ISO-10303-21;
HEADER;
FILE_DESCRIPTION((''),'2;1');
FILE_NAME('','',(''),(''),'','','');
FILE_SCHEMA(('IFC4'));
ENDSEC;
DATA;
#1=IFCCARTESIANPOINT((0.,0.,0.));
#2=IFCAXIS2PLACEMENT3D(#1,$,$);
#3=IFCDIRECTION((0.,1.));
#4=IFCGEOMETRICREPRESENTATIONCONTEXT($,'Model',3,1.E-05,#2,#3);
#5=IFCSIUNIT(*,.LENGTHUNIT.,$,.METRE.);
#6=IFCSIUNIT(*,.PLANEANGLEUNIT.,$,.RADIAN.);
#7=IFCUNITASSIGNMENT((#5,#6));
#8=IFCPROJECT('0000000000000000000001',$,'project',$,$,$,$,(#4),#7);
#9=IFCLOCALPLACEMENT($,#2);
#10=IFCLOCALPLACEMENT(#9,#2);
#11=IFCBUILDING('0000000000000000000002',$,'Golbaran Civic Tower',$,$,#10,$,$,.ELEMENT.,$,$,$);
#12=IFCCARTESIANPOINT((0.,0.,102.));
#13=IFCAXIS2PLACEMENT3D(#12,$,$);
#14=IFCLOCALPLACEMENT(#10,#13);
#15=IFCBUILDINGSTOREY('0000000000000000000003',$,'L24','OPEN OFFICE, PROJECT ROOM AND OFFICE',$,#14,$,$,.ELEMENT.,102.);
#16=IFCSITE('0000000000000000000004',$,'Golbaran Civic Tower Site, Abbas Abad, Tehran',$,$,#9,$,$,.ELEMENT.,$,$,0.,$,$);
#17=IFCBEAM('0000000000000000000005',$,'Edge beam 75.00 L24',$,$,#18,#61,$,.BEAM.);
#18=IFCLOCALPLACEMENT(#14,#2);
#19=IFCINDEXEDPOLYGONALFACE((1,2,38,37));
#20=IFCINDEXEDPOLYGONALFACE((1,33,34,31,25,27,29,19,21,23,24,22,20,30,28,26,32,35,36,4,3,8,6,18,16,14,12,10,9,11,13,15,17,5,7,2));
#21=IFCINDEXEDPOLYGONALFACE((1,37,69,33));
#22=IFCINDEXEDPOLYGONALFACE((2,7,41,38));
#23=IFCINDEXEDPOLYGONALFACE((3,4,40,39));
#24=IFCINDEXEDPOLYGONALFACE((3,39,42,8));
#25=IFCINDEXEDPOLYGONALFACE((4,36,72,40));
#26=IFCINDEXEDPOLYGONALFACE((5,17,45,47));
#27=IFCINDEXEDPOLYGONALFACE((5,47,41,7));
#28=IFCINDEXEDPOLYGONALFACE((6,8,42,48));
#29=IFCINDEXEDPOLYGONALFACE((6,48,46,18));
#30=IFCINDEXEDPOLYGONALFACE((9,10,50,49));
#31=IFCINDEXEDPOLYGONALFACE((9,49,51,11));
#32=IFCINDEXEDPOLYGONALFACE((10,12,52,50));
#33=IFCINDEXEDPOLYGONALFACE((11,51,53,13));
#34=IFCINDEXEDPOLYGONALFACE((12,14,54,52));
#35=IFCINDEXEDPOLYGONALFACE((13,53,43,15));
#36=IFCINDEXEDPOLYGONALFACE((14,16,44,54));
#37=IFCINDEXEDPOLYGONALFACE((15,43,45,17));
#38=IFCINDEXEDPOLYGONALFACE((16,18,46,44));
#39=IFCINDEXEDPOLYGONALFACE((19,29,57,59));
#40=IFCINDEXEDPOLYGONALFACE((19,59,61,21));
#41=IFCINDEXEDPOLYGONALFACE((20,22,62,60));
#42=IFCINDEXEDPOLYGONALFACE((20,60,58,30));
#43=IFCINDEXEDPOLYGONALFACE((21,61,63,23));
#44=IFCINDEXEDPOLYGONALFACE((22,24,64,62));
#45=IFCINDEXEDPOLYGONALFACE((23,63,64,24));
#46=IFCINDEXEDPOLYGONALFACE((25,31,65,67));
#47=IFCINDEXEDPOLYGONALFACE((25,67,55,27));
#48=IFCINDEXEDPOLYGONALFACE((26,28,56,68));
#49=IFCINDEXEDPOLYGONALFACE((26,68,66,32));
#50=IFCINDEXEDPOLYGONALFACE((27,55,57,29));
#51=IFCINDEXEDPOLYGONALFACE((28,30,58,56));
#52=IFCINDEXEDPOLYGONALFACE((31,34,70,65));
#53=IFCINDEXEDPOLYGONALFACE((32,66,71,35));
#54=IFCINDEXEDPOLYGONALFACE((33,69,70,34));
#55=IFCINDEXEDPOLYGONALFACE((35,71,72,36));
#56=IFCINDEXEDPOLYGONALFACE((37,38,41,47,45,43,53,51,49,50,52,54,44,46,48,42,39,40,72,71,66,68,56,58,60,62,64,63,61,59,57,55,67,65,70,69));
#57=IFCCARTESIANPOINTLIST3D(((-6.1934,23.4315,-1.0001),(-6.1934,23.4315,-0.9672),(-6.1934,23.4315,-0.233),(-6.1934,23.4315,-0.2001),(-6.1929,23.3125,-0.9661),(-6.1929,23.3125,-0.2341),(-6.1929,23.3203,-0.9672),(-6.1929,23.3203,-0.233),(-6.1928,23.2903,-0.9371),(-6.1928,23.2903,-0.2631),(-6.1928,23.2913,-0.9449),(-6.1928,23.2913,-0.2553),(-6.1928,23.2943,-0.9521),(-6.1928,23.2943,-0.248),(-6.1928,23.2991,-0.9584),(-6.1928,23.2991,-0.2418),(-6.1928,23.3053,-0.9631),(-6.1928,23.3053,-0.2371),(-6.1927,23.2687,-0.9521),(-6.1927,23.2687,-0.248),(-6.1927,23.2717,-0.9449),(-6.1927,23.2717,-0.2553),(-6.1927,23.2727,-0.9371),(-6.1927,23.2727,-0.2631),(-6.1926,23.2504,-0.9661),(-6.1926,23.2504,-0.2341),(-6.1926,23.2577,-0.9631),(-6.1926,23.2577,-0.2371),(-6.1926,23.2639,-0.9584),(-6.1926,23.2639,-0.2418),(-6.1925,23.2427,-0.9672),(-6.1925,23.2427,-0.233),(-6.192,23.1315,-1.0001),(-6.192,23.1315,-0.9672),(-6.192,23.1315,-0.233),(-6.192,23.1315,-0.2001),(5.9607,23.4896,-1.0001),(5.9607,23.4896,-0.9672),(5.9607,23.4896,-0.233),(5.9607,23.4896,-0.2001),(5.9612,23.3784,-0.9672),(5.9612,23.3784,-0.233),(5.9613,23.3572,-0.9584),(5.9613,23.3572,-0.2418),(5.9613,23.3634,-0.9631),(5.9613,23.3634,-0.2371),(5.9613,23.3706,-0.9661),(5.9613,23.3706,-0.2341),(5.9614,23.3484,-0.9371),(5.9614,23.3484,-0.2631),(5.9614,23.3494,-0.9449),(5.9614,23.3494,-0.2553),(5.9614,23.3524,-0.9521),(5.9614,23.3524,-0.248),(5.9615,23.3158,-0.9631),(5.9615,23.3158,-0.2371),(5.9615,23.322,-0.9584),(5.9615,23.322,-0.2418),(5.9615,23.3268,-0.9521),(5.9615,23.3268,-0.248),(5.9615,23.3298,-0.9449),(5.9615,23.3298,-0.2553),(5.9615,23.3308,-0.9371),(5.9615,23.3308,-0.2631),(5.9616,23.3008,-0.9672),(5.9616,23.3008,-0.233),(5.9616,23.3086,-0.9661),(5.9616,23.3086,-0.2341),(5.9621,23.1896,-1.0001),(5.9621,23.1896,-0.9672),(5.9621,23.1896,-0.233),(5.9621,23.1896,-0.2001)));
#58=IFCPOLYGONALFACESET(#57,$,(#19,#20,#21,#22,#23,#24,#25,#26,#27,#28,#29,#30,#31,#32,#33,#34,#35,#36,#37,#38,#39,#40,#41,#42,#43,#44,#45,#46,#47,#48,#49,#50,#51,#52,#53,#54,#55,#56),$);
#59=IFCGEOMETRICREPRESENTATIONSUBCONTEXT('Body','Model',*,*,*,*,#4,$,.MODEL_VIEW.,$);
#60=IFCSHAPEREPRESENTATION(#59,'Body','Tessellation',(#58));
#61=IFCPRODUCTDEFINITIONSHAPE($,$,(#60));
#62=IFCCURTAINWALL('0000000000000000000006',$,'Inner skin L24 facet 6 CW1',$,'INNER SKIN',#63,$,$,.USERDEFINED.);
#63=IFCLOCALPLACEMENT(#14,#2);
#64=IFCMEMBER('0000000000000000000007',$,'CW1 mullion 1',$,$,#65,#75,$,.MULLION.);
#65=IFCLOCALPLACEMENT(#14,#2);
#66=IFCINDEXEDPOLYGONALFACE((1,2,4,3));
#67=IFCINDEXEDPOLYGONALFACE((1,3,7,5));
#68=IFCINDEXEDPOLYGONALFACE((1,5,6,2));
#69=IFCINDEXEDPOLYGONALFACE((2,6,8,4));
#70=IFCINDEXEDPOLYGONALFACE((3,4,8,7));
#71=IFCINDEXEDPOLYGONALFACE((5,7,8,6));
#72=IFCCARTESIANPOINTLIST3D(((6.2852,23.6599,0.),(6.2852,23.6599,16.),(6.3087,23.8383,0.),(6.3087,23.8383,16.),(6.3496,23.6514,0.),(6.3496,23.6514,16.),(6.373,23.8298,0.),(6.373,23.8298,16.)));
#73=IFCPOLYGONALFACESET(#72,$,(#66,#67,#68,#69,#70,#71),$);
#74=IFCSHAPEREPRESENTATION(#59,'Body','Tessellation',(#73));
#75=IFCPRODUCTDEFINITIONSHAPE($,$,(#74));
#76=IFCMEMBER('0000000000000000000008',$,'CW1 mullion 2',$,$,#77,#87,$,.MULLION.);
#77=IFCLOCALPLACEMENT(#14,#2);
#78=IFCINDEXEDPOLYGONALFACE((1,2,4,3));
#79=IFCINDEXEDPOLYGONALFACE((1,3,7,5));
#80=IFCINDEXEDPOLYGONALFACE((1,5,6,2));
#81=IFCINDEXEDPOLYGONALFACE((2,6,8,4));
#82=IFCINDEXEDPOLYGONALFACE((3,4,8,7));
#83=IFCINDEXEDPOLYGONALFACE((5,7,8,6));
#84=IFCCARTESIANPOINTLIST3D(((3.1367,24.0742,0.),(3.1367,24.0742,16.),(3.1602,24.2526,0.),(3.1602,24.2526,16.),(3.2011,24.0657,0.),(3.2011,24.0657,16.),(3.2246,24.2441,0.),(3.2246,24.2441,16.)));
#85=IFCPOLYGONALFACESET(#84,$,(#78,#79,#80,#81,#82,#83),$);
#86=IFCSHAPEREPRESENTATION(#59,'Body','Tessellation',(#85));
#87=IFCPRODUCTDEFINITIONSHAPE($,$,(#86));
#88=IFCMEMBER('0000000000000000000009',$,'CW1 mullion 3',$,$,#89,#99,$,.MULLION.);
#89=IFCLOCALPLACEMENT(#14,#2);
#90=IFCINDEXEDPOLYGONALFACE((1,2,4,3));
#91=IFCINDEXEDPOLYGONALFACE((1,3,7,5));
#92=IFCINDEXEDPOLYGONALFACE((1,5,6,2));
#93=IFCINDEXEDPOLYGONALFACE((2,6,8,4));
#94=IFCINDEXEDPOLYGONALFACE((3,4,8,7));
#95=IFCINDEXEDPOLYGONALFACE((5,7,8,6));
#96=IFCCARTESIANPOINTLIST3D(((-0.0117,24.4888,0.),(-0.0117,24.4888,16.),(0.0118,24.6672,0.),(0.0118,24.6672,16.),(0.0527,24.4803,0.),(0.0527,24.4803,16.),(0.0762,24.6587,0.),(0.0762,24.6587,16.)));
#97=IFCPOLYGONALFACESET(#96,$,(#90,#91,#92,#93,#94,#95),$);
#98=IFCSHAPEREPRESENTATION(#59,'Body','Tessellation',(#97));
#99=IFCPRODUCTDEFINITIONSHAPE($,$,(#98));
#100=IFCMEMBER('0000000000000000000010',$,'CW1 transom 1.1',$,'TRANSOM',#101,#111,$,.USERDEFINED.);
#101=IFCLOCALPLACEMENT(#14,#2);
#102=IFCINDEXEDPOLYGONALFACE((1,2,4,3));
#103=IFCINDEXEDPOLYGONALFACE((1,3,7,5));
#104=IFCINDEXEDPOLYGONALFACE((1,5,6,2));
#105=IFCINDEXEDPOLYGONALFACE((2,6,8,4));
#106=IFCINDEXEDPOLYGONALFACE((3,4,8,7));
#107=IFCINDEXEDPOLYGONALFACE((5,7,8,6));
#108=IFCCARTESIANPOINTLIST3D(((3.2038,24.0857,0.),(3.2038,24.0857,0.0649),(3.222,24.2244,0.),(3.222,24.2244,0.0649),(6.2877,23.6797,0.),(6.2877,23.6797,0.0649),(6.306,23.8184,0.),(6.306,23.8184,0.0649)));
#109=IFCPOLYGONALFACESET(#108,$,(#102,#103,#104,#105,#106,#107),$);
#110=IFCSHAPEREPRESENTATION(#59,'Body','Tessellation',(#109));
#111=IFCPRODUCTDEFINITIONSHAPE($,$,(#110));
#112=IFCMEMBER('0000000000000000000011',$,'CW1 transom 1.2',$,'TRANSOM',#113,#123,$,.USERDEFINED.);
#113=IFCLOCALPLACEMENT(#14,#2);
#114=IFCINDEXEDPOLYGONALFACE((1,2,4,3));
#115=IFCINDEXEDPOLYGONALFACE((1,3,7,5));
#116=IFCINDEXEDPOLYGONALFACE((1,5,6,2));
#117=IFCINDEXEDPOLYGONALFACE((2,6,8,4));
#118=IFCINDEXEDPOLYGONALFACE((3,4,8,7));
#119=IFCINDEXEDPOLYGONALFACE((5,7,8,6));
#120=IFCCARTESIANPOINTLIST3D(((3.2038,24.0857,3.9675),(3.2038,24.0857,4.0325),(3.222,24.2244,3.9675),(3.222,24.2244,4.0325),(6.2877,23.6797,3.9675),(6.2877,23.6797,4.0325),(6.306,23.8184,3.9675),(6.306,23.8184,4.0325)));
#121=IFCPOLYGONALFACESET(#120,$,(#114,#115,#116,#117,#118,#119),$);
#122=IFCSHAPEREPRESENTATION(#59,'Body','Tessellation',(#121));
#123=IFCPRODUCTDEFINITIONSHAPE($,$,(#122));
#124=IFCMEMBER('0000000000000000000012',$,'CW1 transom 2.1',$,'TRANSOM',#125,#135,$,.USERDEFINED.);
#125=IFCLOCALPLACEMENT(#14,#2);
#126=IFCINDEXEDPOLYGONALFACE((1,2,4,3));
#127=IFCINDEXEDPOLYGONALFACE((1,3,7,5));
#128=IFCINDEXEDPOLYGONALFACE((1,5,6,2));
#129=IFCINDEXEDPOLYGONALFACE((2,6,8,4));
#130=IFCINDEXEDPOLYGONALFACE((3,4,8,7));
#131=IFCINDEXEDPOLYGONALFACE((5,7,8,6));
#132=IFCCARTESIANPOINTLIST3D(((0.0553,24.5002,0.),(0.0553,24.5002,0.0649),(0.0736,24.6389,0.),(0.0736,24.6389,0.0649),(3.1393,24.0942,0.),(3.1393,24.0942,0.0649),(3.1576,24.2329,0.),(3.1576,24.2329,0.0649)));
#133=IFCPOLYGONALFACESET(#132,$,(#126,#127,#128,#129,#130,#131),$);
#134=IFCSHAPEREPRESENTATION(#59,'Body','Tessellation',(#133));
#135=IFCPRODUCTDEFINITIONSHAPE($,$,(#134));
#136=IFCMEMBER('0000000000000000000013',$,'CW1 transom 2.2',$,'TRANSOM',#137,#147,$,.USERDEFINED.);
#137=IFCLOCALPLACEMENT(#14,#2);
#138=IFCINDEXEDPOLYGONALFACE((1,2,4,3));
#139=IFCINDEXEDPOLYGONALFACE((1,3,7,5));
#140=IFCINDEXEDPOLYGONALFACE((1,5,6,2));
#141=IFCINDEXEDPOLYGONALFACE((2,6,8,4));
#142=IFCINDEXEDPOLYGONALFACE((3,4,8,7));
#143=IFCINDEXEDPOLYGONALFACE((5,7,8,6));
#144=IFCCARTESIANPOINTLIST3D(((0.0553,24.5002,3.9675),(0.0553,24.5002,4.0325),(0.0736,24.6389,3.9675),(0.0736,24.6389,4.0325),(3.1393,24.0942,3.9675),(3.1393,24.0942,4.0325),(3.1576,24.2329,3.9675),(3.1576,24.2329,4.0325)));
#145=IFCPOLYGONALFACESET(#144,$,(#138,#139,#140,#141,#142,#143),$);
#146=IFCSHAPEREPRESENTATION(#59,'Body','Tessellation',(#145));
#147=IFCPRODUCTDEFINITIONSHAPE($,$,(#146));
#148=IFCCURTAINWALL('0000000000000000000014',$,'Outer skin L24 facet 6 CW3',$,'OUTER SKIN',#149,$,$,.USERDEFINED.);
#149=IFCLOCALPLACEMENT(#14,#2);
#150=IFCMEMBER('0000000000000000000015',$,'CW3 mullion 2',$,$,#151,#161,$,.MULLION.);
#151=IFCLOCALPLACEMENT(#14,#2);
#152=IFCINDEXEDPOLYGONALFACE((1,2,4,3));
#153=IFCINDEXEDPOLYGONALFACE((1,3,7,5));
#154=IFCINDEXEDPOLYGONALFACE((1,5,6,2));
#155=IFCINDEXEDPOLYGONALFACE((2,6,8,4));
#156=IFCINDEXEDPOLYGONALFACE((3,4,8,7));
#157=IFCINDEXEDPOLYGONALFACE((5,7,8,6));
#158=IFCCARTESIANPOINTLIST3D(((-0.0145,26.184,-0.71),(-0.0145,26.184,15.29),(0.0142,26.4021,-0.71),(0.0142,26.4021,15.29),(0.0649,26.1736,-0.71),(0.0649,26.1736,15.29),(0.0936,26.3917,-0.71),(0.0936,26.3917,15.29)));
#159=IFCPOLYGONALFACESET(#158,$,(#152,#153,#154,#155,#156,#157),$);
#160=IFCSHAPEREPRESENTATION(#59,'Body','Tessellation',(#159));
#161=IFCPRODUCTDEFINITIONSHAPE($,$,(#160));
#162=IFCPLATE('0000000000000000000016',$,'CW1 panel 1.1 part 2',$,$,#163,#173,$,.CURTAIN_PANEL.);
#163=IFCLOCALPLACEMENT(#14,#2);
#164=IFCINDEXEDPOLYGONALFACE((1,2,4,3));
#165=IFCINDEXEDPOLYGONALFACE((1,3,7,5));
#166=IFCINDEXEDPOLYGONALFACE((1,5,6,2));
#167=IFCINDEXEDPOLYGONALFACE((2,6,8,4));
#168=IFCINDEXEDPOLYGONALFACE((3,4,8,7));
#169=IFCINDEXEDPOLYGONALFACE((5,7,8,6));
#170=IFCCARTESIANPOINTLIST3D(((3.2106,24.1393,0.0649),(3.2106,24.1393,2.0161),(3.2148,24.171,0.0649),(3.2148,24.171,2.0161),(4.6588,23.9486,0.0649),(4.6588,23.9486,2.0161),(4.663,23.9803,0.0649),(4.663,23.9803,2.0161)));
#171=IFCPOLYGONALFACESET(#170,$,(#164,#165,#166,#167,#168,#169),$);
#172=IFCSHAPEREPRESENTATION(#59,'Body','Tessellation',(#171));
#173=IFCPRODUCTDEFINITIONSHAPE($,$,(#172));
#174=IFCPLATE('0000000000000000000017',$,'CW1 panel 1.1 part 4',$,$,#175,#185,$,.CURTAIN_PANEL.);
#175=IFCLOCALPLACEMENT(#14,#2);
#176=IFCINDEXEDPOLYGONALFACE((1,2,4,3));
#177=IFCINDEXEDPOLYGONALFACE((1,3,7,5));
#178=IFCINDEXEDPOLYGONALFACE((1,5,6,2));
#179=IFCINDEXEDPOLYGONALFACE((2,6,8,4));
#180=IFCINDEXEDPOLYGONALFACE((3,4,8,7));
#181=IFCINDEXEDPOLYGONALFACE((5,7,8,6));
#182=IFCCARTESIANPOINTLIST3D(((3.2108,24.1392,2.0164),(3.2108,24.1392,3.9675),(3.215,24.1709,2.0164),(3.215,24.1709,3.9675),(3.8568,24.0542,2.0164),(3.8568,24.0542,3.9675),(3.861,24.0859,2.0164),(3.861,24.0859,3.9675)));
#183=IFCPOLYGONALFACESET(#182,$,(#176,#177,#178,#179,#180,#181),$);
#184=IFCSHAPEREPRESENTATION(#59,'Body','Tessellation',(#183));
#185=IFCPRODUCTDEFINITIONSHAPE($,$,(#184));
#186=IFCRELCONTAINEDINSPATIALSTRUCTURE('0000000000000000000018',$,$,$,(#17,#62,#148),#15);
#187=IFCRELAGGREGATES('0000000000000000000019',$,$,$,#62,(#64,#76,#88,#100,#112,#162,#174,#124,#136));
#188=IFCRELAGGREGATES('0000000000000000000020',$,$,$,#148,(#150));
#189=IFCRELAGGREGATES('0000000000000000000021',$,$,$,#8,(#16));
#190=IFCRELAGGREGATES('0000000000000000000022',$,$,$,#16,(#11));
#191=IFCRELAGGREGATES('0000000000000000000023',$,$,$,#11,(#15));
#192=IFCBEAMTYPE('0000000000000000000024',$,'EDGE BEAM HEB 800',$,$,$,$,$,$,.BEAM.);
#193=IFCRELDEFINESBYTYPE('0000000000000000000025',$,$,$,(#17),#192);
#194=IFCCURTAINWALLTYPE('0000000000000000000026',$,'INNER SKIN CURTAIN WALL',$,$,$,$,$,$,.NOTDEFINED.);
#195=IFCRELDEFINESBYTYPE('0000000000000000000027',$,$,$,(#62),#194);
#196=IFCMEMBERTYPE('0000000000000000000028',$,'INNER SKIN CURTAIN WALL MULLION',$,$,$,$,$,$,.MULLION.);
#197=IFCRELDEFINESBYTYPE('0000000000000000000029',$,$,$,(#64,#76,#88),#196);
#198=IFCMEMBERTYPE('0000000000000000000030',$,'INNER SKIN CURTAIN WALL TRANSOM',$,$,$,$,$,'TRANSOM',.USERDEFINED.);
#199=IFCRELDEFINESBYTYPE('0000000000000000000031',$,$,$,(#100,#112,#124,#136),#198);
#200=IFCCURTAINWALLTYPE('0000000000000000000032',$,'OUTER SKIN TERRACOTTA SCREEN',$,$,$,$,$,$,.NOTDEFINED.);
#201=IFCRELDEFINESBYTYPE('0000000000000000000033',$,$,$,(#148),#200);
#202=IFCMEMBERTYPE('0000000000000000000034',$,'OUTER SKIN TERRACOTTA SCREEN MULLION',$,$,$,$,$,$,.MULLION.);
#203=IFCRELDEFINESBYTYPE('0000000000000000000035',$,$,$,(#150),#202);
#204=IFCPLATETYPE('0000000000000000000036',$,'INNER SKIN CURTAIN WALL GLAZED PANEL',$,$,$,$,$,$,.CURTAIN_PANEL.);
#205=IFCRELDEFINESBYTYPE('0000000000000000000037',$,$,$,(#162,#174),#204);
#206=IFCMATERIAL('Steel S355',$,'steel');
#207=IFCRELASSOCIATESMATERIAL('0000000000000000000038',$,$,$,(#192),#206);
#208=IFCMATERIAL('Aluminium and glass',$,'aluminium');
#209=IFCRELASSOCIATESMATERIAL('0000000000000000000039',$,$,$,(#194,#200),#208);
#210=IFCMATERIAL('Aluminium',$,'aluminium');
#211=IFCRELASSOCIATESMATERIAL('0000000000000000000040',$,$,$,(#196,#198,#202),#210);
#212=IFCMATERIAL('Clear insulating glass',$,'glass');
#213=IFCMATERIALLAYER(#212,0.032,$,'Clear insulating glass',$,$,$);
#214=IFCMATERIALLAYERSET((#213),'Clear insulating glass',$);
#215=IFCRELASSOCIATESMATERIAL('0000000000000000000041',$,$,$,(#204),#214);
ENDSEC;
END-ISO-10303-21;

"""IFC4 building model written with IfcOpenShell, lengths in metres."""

from ifc_helpers import new_model, si_unit, direction, frame, origin, origin_2d, place, context, subcontext, project, spatial, rectangle, i_section, extrude, material, layer, layer_set, material_profile, profile_set, type_object, element, aggregate, save


model = new_model("IFC4")

# Units and contexts
model_context = context("Model", 3, precision=1e-05, world=origin(), true_north=direction((0.0, 1.0)))
body_context = subcontext(model_context, "Body", "Model", "MODEL_VIEW")
ifc_project = project(units=[si_unit("LENGTHUNIT", "METRE"), si_unit("PLANEANGLEUNIT", "RADIAN")], contexts=[model_context])

# Site, building, storey
site_placement = place(None, origin())
site = spatial("IfcSite", under=ifc_project, at=site_placement, Name="Golbaran Civic Tower Site, Abbas Abad, Tehran", CompositionType="ELEMENT", RefElevation=0.0)
building_placement = place(site_placement, origin())
building = spatial("IfcBuilding", under=site, at=building_placement, Name="Golbaran Civic Tower", CompositionType="ELEMENT")
storey_placement = place(building_placement, frame((0.0, 0.0, 102.0)))
storey = spatial("IfcBuildingStorey", under=building, at=storey_placement, Name="L24", Description="OPEN OFFICE, PROJECT ROOM AND OFFICE", CompositionType="ELEMENT", Elevation=102.0)

# Beam
ifc_material_1 = material(Name="Steel S355", Category="steel")
ifc_material_profile_1 = material_profile(ifc_material_1, i_section(OverallWidth=0.3, OverallDepth=0.8, WebThickness=0.0176, FlangeThickness=0.033, FilletRadius=0.03, at=origin_2d()), Name="HEB 800")
ifc_profile_set_1 = profile_set([ifc_material_profile_1], Name="Steel S355")
beam_type = type_object("IfcBeamType", Name="EDGE BEAM HEB 800", PredefinedType="BEAM", material=ifc_profile_set_1)
beam_placement = place(storey_placement, frame((5.9614, 23.3396, -0.6001), z_axis=(-0.999989, -0.004781, 0.0), x_axis=(0.004781, -0.999989, 0.0)))
element("IfcBeam", 1, at=beam_placement, inside=storey, type_object=beam_type, Name="Edge beam 75.00 L24", PredefinedType="BEAM", context=body_context, shape_type="SweptSolid", body=[
    extrude(i_section(OverallWidth=0.3, OverallDepth=0.8, WebThickness=0.0176, FlangeThickness=0.033, FilletRadius=0.03, at=origin_2d()), origin(), (0.0, 0.0, 1.0), 12.1543),
])

# Curtain wall, members
ifc_material_2 = material(Name="Aluminium and glass", Category="aluminium")
curtain_wall_type_1 = type_object("IfcCurtainWallType", Name="INNER SKIN CURTAIN WALL", PredefinedType="NOTDEFINED", material=ifc_material_2)
curtain_wall_1_placement = place(storey_placement, origin())
curtain_wall_1 = element("IfcCurtainWall", 2, at=curtain_wall_1_placement, inside=storey, type_object=curtain_wall_type_1, Name="Inner skin L24 facet 6 CW1", ObjectType="INNER SKIN", PredefinedType="USERDEFINED")
ifc_material_3 = material(Name="Aluminium", Category="aluminium")
ifc_material_profile_2 = material_profile(ifc_material_3, rectangle(XDim=0.1799, YDim=0.0649, at=origin_2d()), Name="INNER SKIN CURTAIN WALL MULLION")
ifc_profile_set_2 = profile_set([ifc_material_profile_2], Name="Aluminium")
member_type_1 = type_object("IfcMemberType", Name="INNER SKIN CURTAIN WALL MULLION", PredefinedType="MULLION", material=ifc_profile_set_2)
member_1_placement = place(storey_placement, frame((6.3291, 23.7449, 0.0), z_axis=(0.0, 0.0, 1.0), x_axis=(-0.130526, -0.991445, 0.0)))
member_1 = element("IfcMember", 3, at=member_1_placement, type_object=member_type_1, Name="CW1 mullion 1", PredefinedType="MULLION", context=body_context, shape_type="SweptSolid", body=[
    extrude(rectangle(XDim=0.1799, YDim=0.0649, at=origin_2d()), origin(), (0.0, 0.0, 1.0), 16.0),
])
member_2_placement = place(storey_placement, frame((3.1807, 24.1592, 0.0), z_axis=(0.0, 0.0, 1.0), x_axis=(-0.130526, -0.991445, 0.0)))
member_2 = element("IfcMember", 4, at=member_2_placement, type_object=member_type_1, Name="CW1 mullion 2", PredefinedType="MULLION", context=body_context, shape_type="SweptSolid", body=[
    extrude(rectangle(XDim=0.1799, YDim=0.0649, at=origin_2d()), origin(), (0.0, 0.0, 1.0), 16.0),
])
member_3_placement = place(storey_placement, frame((0.0322, 24.5737, 0.0), z_axis=(0.0, 0.0, 1.0), x_axis=(-0.130526, -0.991445, 0.0)))
member_3 = element("IfcMember", 5, at=member_3_placement, type_object=member_type_1, Name="CW1 mullion 3", PredefinedType="MULLION", context=body_context, shape_type="SweptSolid", body=[
    extrude(rectangle(XDim=0.1799, YDim=0.0649, at=origin_2d()), origin(), (0.0, 0.0, 1.0), 16.0),
])
ifc_material_profile_3 = material_profile(ifc_material_3, rectangle(XDim=0.1399, YDim=0.0649, at=origin_2d()), Name="INNER SKIN CURTAIN WALL TRANSOM")
ifc_profile_set_3 = profile_set([ifc_material_profile_3], Name="Aluminium")
member_type_2 = type_object("IfcMemberType", Name="INNER SKIN CURTAIN WALL TRANSOM", ElementType="TRANSOM", PredefinedType="USERDEFINED", material=ifc_profile_set_3)
member_4_placement = place(storey_placement, frame((6.2969, 23.749, 0.0325), z_axis=(-0.991445, 0.130524, 0.0), x_axis=(-0.130524, -0.991445, 0.0)))
member_4 = element("IfcMember", 6, at=member_4_placement, type_object=member_type_2, Name="CW1 transom 1.1", ObjectType="TRANSOM", PredefinedType="USERDEFINED", context=body_context, shape_type="SweptSolid", body=[
    extrude(rectangle(XDim=0.1399, YDim=0.0649, at=origin_2d()), origin(), (0.0, 0.0, 1.0), 3.1106),
])
member_5_placement = place(storey_placement, frame((6.2969, 23.749, 4.0), z_axis=(-0.991445, 0.130524, 0.0), x_axis=(-0.130524, -0.991445, 0.0)))
member_5 = element("IfcMember", 7, at=member_5_placement, type_object=member_type_2, Name="CW1 transom 1.2", ObjectType="TRANSOM", PredefinedType="USERDEFINED", context=body_context, shape_type="SweptSolid", body=[
    extrude(rectangle(XDim=0.1399, YDim=0.0649, at=origin_2d()), origin(), (0.0, 0.0, 1.0), 3.1106),
])
member_6_placement = place(storey_placement, frame((3.1484, 24.1636, 0.0325), z_axis=(-0.991445, 0.130524, 0.0), x_axis=(-0.130524, -0.991445, 0.0)))
member_6 = element("IfcMember", 8, at=member_6_placement, type_object=member_type_2, Name="CW1 transom 2.1", ObjectType="TRANSOM", PredefinedType="USERDEFINED", context=body_context, shape_type="SweptSolid", body=[
    extrude(rectangle(XDim=0.1399, YDim=0.0649, at=origin_2d()), origin(), (0.0, 0.0, 1.0), 3.1106),
])
member_7_placement = place(storey_placement, frame((3.1484, 24.1636, 4.0), z_axis=(-0.991445, 0.130524, 0.0), x_axis=(-0.130524, -0.991445, 0.0)))
member_7 = element("IfcMember", 9, at=member_7_placement, type_object=member_type_2, Name="CW1 transom 2.2", ObjectType="TRANSOM", PredefinedType="USERDEFINED", context=body_context, shape_type="SweptSolid", body=[
    extrude(rectangle(XDim=0.1399, YDim=0.0649, at=origin_2d()), origin(), (0.0, 0.0, 1.0), 3.1106),
])

# Curtain wall, member
curtain_wall_type_2 = type_object("IfcCurtainWallType", Name="OUTER SKIN TERRACOTTA SCREEN", PredefinedType="NOTDEFINED", material=ifc_material_2)
curtain_wall_2_placement = place(storey_placement, origin())
curtain_wall_2 = element("IfcCurtainWall", 10, at=curtain_wall_2_placement, inside=storey, type_object=curtain_wall_type_2, Name="Outer skin L24 facet 6 CW3", ObjectType="OUTER SKIN", PredefinedType="USERDEFINED")
ifc_material_profile_4 = material_profile(ifc_material_3, rectangle(XDim=0.22, YDim=0.0801, at=origin_2d()), Name="OUTER SKIN TERRACOTTA SCREEN MULLION")
ifc_profile_set_4 = profile_set([ifc_material_profile_4], Name="Aluminium")
member_type_3 = type_object("IfcMemberType", Name="OUTER SKIN TERRACOTTA SCREEN MULLION", PredefinedType="MULLION", material=ifc_profile_set_4)
member_8_placement = place(storey_placement, frame((0.0396, 26.2878, -0.71), z_axis=(0.0, 0.0, 1.0), x_axis=(-0.130526, -0.991445, 0.0)))
member_8 = element("IfcMember", 11, at=member_8_placement, type_object=member_type_3, Name="CW3 mullion 2", PredefinedType="MULLION", context=body_context, shape_type="SweptSolid", body=[
    extrude(rectangle(XDim=0.22, YDim=0.0801, at=origin_2d()), origin(), (0.0, 0.0, 1.0), 16.0),
])

# Plates
ifc_material_4 = material(Name="Clear insulating glass", Category="glass")
ifc_layer_1 = layer(ifc_material_4, 0.032, Name="Clear insulating glass")
ifc_layer_set_1 = layer_set([ifc_layer_1], Name="Clear insulating glass")
plate_type_1 = type_object("IfcPlateType", Name="INNER SKIN CURTAIN WALL GLAZED PANEL", PredefinedType="CURTAIN_PANEL", material=ifc_layer_set_1)
plate_1_placement = place(storey_placement, frame((3.9368, 24.0598, 0.0649), z_axis=(0.0, 0.0, 1.0), x_axis=(-0.991445, 0.130526, 0.0)))
plate_1 = element("IfcPlate", 12, at=plate_1_placement, type_object=plate_type_1, Name="CW1 panel 1.1 part 2", PredefinedType="CURTAIN_PANEL", context=body_context, shape_type="SweptSolid", body=[
    extrude(rectangle(XDim=1.4607, YDim=0.032, at=origin_2d()), origin(), (0.0, 0.0, 1.0), 1.9512),
])
plate_2_placement = place(storey_placement, frame((3.5359, 24.1125, 2.0164), z_axis=(0.0, 0.0, 1.0), x_axis=(-0.991445, 0.130526, 0.0)))
plate_2 = element("IfcPlate", 13, at=plate_2_placement, type_object=plate_type_1, Name="CW1 panel 1.1 part 4", PredefinedType="CURTAIN_PANEL", context=body_context, shape_type="SweptSolid", body=[
    extrude(rectangle(XDim=0.6516, YDim=0.032, at=origin_2d()), origin(), (0.0, 0.0, 1.0), 1.9512),
])
aggregate(curtain_wall_1, [member_1, member_2, member_3, member_4, member_5, plate_1, plate_2, member_6, member_7])
aggregate(curtain_wall_2, [member_8])

save(model, "model.ifc")
